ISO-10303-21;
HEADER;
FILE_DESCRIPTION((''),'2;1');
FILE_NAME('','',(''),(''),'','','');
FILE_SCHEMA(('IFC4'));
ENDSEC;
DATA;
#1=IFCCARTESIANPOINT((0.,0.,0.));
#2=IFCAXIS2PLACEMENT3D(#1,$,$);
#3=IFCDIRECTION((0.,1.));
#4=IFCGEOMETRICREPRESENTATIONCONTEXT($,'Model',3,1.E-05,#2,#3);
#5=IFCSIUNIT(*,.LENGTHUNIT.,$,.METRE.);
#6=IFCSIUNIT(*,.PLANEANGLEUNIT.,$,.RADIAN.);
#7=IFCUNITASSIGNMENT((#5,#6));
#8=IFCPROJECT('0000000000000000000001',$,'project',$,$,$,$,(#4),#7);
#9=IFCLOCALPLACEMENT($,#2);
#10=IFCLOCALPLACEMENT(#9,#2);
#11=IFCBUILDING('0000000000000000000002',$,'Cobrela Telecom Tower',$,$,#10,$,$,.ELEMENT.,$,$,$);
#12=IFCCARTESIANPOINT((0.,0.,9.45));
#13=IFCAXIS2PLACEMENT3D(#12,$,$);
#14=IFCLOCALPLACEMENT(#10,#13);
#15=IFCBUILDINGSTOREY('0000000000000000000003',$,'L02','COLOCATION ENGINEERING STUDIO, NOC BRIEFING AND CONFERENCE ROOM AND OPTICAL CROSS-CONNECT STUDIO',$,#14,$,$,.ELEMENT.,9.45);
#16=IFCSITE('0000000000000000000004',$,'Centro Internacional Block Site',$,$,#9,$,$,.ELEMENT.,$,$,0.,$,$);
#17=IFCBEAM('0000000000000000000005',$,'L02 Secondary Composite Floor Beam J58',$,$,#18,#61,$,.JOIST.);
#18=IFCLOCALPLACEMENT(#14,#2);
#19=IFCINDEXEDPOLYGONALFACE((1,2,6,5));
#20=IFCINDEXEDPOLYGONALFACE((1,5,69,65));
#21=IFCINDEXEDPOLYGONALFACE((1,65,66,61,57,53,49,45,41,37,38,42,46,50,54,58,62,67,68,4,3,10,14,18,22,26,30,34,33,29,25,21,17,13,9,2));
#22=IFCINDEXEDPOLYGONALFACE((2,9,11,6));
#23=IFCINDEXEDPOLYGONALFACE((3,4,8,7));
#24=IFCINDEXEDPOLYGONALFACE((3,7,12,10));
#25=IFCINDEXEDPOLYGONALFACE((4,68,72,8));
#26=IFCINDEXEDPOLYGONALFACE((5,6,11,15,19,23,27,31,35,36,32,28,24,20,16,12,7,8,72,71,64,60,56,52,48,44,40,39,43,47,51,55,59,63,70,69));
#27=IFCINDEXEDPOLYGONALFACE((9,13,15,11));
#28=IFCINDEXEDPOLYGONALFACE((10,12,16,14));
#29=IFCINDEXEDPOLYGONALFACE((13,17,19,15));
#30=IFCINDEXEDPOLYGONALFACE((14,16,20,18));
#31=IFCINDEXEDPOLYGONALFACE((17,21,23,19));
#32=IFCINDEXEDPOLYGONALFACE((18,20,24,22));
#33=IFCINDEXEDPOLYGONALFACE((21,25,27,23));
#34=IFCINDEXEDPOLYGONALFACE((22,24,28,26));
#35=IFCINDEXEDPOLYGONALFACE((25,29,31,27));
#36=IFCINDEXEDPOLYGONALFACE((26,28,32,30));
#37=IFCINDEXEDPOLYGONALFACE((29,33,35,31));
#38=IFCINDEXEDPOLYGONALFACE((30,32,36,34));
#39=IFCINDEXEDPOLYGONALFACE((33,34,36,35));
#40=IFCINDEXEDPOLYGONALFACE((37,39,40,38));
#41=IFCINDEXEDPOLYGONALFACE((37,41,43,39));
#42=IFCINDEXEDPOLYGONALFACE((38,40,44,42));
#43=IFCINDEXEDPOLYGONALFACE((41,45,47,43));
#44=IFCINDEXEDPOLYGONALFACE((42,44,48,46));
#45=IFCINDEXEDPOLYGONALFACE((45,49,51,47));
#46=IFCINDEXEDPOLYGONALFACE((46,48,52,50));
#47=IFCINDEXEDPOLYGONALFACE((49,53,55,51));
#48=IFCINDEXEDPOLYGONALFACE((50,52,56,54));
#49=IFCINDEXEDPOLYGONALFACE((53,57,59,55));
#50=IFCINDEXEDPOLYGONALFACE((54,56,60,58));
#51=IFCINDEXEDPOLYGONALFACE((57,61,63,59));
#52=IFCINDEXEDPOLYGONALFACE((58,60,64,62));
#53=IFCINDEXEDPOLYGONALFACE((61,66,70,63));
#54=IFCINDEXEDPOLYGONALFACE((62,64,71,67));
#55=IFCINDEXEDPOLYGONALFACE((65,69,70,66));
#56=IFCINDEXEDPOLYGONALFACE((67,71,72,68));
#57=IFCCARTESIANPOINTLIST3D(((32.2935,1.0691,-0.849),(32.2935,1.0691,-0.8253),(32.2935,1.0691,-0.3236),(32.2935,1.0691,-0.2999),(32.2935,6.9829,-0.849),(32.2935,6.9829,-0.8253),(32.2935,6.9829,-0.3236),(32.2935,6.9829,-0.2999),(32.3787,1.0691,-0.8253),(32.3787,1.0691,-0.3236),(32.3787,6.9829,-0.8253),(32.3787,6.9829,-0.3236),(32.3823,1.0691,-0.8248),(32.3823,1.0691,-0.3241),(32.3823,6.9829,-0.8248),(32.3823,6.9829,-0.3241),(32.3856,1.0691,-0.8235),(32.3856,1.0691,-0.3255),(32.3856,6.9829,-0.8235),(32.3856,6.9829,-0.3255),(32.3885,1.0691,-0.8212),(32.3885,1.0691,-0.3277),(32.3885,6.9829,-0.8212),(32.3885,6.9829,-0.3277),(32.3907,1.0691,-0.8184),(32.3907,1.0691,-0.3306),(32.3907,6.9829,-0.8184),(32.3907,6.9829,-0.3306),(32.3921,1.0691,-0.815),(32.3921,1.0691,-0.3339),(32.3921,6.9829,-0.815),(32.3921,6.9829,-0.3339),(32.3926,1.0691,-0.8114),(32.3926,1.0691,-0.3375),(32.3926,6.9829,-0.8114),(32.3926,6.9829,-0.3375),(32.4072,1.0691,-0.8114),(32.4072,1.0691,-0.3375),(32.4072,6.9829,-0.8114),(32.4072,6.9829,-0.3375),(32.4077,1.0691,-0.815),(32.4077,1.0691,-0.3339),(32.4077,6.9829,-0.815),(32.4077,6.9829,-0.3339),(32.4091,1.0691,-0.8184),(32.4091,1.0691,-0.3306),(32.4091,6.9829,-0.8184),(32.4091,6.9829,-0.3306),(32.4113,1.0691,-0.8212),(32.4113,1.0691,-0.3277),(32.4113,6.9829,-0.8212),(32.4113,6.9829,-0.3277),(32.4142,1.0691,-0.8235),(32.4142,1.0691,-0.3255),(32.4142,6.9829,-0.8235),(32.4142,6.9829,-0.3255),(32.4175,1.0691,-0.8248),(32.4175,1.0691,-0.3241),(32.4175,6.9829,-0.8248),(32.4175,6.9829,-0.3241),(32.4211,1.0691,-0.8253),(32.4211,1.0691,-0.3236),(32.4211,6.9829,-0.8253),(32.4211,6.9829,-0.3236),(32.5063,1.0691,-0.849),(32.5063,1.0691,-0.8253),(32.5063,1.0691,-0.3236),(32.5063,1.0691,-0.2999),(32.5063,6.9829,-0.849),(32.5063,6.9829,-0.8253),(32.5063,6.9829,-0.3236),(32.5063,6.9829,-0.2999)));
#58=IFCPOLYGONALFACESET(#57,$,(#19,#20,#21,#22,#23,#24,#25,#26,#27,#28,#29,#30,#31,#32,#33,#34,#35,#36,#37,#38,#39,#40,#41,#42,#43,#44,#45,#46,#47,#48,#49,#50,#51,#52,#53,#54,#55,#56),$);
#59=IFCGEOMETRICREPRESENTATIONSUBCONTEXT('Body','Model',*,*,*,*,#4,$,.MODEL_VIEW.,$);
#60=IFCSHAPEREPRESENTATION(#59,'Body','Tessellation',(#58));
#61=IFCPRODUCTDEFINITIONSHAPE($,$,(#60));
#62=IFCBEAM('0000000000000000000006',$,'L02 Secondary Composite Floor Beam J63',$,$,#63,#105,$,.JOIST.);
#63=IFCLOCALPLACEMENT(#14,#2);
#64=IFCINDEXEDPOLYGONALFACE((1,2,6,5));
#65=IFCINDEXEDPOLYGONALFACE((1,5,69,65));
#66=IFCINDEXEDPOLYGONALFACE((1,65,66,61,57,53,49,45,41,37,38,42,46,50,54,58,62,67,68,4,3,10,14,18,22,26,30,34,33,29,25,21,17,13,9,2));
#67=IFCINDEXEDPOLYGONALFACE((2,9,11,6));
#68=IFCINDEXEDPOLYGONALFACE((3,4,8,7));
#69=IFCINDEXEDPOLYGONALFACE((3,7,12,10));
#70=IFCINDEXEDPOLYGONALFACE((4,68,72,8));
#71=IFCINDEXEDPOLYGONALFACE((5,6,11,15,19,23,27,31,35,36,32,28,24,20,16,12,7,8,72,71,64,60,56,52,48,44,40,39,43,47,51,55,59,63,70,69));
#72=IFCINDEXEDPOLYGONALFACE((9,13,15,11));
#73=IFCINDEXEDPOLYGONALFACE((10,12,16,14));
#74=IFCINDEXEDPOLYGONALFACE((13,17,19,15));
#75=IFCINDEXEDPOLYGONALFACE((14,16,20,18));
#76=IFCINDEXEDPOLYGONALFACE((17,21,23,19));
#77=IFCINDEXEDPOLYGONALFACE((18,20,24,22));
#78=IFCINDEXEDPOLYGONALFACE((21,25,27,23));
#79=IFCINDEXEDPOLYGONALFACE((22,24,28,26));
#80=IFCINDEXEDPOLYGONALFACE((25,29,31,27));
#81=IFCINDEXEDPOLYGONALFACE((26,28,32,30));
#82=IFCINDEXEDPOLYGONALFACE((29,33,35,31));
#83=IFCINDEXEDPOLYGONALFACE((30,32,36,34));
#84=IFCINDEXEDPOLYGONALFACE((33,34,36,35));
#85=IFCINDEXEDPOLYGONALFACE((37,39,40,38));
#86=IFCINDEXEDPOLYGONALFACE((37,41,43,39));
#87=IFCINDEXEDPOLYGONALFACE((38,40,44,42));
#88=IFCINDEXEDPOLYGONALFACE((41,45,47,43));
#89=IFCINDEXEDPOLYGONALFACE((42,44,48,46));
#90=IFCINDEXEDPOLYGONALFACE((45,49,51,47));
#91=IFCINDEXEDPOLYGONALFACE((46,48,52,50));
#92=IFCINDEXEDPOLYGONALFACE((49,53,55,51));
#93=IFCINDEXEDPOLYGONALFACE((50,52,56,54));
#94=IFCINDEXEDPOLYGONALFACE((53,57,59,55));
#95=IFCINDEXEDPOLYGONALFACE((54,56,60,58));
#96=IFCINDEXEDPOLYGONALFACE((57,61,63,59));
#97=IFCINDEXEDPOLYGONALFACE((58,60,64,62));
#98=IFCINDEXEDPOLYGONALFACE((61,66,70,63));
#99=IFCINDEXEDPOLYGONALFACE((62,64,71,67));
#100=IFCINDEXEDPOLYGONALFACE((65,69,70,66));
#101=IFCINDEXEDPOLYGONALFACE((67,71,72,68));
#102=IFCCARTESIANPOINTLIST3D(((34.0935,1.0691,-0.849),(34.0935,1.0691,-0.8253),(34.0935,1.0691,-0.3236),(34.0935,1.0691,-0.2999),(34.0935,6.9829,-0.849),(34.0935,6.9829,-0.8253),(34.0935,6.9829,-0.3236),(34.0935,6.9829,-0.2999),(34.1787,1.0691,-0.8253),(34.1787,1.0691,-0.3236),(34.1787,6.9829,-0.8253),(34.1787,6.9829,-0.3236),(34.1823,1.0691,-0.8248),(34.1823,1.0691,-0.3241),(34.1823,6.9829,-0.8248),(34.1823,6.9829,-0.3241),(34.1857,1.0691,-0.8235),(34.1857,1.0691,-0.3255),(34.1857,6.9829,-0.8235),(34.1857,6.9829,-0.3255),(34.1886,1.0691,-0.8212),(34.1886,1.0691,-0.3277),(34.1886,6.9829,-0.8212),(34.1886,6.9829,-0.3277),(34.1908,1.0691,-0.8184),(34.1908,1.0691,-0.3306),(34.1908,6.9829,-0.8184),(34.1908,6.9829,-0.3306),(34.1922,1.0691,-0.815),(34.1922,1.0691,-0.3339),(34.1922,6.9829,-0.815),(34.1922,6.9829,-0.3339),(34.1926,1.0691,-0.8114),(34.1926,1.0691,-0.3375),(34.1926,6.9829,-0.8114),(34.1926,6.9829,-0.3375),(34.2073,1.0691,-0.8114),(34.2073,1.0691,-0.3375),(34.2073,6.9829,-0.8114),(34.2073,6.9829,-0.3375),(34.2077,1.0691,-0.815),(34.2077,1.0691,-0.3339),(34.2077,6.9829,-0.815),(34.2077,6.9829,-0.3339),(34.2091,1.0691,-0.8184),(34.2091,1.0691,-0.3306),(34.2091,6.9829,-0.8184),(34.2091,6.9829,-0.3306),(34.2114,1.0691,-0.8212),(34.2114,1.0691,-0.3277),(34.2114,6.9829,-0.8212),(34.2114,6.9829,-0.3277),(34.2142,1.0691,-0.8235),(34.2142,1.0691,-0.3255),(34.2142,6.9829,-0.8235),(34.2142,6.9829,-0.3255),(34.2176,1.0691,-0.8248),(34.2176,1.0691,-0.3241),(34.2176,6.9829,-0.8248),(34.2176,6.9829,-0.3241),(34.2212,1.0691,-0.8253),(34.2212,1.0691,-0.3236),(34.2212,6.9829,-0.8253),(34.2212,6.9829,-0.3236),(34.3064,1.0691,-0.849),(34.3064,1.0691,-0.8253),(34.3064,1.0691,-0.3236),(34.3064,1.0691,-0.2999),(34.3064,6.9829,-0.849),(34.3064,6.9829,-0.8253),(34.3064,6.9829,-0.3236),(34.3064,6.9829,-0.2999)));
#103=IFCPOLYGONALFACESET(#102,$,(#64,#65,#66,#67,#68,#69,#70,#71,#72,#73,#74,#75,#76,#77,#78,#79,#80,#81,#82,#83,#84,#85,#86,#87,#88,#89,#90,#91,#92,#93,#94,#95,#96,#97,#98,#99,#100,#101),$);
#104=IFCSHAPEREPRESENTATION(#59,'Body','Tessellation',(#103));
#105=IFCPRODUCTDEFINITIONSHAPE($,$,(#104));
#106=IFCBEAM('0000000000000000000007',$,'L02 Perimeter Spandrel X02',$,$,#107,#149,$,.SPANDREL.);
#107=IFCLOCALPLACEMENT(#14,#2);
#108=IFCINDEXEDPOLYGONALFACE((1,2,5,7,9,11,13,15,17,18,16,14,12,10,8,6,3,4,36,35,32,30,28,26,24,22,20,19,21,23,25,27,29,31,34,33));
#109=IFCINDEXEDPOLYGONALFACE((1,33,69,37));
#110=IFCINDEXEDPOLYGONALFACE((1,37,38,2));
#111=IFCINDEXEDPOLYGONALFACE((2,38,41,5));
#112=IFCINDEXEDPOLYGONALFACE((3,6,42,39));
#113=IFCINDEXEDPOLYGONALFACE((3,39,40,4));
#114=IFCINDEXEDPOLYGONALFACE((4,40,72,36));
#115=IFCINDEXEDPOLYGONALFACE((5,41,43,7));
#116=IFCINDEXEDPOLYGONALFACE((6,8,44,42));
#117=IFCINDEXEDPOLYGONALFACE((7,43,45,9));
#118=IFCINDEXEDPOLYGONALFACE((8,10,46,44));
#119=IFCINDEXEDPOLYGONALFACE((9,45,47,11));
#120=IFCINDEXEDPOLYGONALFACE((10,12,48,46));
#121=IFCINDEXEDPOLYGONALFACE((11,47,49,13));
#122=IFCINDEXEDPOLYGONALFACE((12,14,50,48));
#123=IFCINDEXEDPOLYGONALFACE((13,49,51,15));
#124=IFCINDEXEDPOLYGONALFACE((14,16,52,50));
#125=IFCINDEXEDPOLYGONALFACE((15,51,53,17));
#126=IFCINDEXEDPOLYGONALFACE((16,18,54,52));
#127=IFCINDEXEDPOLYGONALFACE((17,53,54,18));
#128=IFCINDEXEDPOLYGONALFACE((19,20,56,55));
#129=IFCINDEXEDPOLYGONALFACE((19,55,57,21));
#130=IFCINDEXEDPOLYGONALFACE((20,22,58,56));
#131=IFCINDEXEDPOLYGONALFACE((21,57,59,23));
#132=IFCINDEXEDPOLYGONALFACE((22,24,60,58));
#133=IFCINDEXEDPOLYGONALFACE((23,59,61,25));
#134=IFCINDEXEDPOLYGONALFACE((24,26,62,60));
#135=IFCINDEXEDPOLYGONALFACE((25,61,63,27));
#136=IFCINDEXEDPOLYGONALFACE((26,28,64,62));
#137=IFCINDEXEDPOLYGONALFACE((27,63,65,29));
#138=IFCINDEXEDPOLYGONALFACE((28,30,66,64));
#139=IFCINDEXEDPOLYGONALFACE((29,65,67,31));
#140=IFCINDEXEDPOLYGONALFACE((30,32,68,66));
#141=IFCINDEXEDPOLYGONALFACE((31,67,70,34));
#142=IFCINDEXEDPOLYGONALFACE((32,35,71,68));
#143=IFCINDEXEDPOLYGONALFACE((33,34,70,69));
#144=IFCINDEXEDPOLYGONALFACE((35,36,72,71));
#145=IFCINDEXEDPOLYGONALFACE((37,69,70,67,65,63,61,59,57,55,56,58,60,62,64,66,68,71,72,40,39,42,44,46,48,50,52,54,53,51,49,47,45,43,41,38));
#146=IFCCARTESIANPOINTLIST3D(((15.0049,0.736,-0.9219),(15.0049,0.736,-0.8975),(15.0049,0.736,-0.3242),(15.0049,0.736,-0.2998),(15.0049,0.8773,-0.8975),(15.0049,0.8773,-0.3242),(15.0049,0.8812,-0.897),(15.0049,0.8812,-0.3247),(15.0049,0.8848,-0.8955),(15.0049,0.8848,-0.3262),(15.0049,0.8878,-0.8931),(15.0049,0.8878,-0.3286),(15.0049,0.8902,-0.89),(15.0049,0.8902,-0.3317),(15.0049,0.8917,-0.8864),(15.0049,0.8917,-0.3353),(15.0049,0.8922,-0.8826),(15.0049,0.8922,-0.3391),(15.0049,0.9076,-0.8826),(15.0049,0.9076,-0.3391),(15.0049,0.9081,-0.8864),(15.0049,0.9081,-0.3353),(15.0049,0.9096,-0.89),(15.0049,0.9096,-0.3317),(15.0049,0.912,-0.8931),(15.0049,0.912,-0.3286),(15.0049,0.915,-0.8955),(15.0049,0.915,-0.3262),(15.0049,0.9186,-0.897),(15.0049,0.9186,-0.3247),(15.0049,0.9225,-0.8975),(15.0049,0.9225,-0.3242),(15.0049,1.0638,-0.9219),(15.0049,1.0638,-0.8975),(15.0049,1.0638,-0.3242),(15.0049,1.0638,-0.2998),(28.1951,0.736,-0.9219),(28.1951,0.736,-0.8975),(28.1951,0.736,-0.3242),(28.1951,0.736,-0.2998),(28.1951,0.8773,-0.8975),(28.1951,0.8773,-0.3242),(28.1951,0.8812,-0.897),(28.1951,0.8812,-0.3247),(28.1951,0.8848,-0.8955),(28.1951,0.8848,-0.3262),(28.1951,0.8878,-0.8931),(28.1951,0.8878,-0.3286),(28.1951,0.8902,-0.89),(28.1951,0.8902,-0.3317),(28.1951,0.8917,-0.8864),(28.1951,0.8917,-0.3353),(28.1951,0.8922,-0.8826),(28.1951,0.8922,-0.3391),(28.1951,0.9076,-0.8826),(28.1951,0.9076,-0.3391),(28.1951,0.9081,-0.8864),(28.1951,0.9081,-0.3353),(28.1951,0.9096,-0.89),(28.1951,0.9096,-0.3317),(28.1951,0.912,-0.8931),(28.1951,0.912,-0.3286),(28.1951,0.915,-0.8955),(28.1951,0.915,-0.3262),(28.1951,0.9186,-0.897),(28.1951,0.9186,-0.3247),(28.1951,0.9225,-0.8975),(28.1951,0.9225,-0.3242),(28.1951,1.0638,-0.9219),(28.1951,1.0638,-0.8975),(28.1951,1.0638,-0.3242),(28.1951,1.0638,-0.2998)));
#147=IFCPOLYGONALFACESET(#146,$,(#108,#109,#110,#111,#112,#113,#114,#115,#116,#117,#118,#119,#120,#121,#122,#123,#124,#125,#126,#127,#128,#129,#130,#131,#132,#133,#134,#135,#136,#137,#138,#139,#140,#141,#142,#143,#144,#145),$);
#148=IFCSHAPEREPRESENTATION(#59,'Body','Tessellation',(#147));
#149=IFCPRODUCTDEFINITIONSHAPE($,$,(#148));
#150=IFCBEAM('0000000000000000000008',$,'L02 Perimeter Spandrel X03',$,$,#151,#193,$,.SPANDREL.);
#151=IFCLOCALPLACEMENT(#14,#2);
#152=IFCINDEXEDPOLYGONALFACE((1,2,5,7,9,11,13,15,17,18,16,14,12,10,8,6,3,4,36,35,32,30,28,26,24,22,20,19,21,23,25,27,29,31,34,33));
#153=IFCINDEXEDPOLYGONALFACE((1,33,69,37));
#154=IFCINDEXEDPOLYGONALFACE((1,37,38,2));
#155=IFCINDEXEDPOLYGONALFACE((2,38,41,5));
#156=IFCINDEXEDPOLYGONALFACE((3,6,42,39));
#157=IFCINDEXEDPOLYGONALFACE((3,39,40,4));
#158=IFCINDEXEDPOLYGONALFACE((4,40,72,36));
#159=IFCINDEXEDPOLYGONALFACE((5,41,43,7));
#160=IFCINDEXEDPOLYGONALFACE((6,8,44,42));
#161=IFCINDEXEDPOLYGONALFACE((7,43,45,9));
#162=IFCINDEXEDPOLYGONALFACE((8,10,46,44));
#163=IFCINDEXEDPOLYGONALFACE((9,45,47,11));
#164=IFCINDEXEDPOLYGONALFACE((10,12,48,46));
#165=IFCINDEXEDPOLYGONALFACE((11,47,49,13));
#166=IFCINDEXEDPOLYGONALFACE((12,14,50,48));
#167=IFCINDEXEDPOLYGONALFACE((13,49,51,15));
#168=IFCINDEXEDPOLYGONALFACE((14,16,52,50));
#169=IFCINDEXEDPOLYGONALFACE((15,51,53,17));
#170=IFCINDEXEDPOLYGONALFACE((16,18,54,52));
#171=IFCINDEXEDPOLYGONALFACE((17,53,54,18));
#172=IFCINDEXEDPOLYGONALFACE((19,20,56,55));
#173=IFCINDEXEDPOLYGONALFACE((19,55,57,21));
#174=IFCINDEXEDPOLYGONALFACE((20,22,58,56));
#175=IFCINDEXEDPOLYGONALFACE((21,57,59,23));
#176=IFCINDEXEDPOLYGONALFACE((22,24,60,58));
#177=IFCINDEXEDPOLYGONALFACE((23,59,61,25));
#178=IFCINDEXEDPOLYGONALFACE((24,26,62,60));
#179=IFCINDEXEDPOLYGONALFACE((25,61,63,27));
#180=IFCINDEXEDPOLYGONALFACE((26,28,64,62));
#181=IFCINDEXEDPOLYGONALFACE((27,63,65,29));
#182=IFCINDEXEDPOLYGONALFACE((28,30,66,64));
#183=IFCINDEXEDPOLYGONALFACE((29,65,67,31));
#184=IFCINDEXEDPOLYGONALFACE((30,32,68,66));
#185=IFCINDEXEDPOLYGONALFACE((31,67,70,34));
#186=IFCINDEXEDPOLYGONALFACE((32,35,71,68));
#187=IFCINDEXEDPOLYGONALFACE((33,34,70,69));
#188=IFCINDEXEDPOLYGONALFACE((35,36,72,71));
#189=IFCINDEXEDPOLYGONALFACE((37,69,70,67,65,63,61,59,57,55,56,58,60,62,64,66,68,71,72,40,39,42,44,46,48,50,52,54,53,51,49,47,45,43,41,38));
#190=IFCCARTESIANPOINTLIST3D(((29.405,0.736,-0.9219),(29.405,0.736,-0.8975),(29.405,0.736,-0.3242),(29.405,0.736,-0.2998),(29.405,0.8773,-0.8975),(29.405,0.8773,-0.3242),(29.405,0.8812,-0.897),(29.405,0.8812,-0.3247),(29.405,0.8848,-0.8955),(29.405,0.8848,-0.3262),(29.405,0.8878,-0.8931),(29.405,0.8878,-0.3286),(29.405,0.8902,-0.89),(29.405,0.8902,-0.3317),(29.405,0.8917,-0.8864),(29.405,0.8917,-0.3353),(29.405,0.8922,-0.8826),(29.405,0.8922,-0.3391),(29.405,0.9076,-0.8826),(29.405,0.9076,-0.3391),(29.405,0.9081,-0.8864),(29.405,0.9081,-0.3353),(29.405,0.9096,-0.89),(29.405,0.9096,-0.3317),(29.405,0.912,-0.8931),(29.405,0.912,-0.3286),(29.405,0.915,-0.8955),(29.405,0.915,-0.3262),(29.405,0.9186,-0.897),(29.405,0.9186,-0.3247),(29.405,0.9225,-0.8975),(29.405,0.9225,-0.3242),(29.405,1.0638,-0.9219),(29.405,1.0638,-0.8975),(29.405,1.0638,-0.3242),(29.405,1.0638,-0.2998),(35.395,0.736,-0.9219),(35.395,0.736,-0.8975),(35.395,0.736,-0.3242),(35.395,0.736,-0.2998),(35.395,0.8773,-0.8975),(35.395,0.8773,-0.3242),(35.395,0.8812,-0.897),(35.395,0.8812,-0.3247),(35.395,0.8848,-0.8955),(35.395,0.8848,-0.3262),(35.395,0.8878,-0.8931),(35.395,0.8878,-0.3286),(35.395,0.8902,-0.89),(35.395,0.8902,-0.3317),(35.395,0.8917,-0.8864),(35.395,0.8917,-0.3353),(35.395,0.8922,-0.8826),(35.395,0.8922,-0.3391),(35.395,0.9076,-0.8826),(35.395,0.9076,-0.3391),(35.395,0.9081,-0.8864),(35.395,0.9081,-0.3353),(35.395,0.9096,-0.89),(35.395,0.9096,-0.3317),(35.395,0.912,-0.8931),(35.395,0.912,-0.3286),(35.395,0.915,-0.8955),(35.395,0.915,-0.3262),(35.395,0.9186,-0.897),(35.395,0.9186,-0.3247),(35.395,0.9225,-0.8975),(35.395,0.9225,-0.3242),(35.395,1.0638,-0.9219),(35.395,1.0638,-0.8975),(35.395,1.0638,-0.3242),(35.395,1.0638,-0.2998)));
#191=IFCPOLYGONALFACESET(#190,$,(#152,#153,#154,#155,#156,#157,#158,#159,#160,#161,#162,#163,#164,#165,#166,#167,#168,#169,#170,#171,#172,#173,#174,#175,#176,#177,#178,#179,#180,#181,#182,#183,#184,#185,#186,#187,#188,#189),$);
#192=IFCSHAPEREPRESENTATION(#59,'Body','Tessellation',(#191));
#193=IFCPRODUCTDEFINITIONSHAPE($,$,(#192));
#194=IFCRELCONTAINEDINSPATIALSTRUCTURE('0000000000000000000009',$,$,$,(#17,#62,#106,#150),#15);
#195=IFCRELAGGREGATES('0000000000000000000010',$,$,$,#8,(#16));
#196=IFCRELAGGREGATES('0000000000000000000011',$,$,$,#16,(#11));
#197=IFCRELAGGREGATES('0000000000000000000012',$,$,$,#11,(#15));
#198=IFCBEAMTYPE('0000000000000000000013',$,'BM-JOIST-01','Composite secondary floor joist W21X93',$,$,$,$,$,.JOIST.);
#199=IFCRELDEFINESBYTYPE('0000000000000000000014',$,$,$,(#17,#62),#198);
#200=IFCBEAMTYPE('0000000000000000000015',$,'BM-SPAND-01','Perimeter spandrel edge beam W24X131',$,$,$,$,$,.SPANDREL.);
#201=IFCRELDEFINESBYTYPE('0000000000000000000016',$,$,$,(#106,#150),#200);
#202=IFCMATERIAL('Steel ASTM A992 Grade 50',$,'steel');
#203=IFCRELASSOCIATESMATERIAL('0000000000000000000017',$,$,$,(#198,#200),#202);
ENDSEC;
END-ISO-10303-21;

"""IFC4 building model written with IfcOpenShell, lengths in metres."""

from ifc_helpers import new_model, si_unit, direction, frame, origin, origin_2d, place, context, subcontext, project, spatial, i_section, extrude, material, material_profile, profile_set, type_object, element, save


model = new_model("IFC4")

# Units and contexts
model_context = context("Model", 3, precision=1e-05, world=origin(), true_north=direction((0.0, 1.0)))
body_context = subcontext(model_context, "Body", "Model", "MODEL_VIEW")
ifc_project = project(units=[si_unit("LENGTHUNIT", "METRE"), si_unit("PLANEANGLEUNIT", "RADIAN")], contexts=[model_context])

# Site, building, storey
site_placement = place(None, origin())
site = spatial("IfcSite", under=ifc_project, at=site_placement, Name="Centro Internacional Block Site", CompositionType="ELEMENT", RefElevation=0.0)
building_placement = place(site_placement, origin())
building = spatial("IfcBuilding", under=site, at=building_placement, Name="Cobrela Telecom Tower", CompositionType="ELEMENT")
storey_placement = place(building_placement, frame((0.0, 0.0, 9.45)))
storey = spatial("IfcBuildingStorey", under=building, at=storey_placement, Name="L02", Description="COLOCATION ENGINEERING STUDIO, NOC BRIEFING AND CONFERENCE ROOM AND OPTICAL CROSS-CONNECT STUDIO", CompositionType="ELEMENT", Elevation=9.45)

# Beams
ifc_material_1 = material(Name="Steel ASTM A992 Grade 50", Category="steel")
ifc_material_profile_1 = material_profile(ifc_material_1, i_section(OverallWidth=0.2129, OverallDepth=0.5491, WebThickness=0.0146, FlangeThickness=0.0237, FilletRadius=0.0139, at=origin_2d()), Name="W21X93")
ifc_profile_set_1 = profile_set([ifc_material_profile_1], Name="Steel ASTM A992 Grade 50")
beam_type_1 = type_object("IfcBeamType", Name="BM-JOIST-01", Description="Composite secondary floor joist W21X93", PredefinedType="JOIST", material=ifc_profile_set_1)
for number, where, z_axis, x_axis, name in (
    (1, (32.3999, 1.0691, -0.5745), (0.0, 1.0, 0.0), (-1.0, 0.0, 0.0), "L02 Secondary Composite Floor Beam J58"),
    (2, (34.2, 1.0691, -0.5745), (0.0, 1.0, 0.0), (-1.0, 0.0, 0.0), "L02 Secondary Composite Floor Beam J63"),
):
    element("IfcBeam", number, at=place(storey_placement, frame(where, z_axis=z_axis, x_axis=x_axis)), inside=storey, type_object=beam_type_1, Name=name, PredefinedType="JOIST", context=body_context, shape_type="SweptSolid", body=[
        extrude(i_section(OverallWidth=0.2129, OverallDepth=0.5491, WebThickness=0.0146, FlangeThickness=0.0237, FilletRadius=0.0139, at=origin_2d()), origin(), (0.0, 0.0, 1.0), 5.9138),
    ])
ifc_material_profile_2 = material_profile(ifc_material_1, i_section(OverallWidth=0.3279, OverallDepth=0.6221, WebThickness=0.0154, FlangeThickness=0.0244, FilletRadius=0.0149, at=origin_2d()), Name="W24X131")
ifc_profile_set_2 = profile_set([ifc_material_profile_2], Name="Steel ASTM A992 Grade 50")
beam_type_2 = type_object("IfcBeamType", Name="BM-SPAND-01", Description="Perimeter spandrel edge beam W24X131", PredefinedType="SPANDREL", material=ifc_profile_set_2)
beam_1_placement = place(storey_placement, frame((15.0049, 0.8999, -0.6108), z_axis=(1.0, 0.0, 0.0), x_axis=(0.0, 1.0, 0.0)))
element("IfcBeam", 3, at=beam_1_placement, inside=storey, type_object=beam_type_2, Name="L02 Perimeter Spandrel X02", PredefinedType="SPANDREL", context=body_context, shape_type="SweptSolid", body=[
    extrude(i_section(OverallWidth=0.3279, OverallDepth=0.6221, WebThickness=0.0154, FlangeThickness=0.0244, FilletRadius=0.0149, at=origin_2d()), origin(), (0.0, 0.0, 1.0), 13.1902),
])
beam_2_placement = place(storey_placement, frame((29.405, 0.8999, -0.6108), z_axis=(1.0, 0.0, 0.0), x_axis=(0.0, 1.0, 0.0)))
element("IfcBeam", 4, at=beam_2_placement, inside=storey, type_object=beam_type_2, Name="L02 Perimeter Spandrel X03", PredefinedType="SPANDREL", context=body_context, shape_type="SweptSolid", body=[
    extrude(i_section(OverallWidth=0.3279, OverallDepth=0.6221, WebThickness=0.0154, FlangeThickness=0.0244, FilletRadius=0.0149, at=origin_2d()), origin(), (0.0, 0.0, 1.0), 5.99),
])

save(model, "model.ifc")
